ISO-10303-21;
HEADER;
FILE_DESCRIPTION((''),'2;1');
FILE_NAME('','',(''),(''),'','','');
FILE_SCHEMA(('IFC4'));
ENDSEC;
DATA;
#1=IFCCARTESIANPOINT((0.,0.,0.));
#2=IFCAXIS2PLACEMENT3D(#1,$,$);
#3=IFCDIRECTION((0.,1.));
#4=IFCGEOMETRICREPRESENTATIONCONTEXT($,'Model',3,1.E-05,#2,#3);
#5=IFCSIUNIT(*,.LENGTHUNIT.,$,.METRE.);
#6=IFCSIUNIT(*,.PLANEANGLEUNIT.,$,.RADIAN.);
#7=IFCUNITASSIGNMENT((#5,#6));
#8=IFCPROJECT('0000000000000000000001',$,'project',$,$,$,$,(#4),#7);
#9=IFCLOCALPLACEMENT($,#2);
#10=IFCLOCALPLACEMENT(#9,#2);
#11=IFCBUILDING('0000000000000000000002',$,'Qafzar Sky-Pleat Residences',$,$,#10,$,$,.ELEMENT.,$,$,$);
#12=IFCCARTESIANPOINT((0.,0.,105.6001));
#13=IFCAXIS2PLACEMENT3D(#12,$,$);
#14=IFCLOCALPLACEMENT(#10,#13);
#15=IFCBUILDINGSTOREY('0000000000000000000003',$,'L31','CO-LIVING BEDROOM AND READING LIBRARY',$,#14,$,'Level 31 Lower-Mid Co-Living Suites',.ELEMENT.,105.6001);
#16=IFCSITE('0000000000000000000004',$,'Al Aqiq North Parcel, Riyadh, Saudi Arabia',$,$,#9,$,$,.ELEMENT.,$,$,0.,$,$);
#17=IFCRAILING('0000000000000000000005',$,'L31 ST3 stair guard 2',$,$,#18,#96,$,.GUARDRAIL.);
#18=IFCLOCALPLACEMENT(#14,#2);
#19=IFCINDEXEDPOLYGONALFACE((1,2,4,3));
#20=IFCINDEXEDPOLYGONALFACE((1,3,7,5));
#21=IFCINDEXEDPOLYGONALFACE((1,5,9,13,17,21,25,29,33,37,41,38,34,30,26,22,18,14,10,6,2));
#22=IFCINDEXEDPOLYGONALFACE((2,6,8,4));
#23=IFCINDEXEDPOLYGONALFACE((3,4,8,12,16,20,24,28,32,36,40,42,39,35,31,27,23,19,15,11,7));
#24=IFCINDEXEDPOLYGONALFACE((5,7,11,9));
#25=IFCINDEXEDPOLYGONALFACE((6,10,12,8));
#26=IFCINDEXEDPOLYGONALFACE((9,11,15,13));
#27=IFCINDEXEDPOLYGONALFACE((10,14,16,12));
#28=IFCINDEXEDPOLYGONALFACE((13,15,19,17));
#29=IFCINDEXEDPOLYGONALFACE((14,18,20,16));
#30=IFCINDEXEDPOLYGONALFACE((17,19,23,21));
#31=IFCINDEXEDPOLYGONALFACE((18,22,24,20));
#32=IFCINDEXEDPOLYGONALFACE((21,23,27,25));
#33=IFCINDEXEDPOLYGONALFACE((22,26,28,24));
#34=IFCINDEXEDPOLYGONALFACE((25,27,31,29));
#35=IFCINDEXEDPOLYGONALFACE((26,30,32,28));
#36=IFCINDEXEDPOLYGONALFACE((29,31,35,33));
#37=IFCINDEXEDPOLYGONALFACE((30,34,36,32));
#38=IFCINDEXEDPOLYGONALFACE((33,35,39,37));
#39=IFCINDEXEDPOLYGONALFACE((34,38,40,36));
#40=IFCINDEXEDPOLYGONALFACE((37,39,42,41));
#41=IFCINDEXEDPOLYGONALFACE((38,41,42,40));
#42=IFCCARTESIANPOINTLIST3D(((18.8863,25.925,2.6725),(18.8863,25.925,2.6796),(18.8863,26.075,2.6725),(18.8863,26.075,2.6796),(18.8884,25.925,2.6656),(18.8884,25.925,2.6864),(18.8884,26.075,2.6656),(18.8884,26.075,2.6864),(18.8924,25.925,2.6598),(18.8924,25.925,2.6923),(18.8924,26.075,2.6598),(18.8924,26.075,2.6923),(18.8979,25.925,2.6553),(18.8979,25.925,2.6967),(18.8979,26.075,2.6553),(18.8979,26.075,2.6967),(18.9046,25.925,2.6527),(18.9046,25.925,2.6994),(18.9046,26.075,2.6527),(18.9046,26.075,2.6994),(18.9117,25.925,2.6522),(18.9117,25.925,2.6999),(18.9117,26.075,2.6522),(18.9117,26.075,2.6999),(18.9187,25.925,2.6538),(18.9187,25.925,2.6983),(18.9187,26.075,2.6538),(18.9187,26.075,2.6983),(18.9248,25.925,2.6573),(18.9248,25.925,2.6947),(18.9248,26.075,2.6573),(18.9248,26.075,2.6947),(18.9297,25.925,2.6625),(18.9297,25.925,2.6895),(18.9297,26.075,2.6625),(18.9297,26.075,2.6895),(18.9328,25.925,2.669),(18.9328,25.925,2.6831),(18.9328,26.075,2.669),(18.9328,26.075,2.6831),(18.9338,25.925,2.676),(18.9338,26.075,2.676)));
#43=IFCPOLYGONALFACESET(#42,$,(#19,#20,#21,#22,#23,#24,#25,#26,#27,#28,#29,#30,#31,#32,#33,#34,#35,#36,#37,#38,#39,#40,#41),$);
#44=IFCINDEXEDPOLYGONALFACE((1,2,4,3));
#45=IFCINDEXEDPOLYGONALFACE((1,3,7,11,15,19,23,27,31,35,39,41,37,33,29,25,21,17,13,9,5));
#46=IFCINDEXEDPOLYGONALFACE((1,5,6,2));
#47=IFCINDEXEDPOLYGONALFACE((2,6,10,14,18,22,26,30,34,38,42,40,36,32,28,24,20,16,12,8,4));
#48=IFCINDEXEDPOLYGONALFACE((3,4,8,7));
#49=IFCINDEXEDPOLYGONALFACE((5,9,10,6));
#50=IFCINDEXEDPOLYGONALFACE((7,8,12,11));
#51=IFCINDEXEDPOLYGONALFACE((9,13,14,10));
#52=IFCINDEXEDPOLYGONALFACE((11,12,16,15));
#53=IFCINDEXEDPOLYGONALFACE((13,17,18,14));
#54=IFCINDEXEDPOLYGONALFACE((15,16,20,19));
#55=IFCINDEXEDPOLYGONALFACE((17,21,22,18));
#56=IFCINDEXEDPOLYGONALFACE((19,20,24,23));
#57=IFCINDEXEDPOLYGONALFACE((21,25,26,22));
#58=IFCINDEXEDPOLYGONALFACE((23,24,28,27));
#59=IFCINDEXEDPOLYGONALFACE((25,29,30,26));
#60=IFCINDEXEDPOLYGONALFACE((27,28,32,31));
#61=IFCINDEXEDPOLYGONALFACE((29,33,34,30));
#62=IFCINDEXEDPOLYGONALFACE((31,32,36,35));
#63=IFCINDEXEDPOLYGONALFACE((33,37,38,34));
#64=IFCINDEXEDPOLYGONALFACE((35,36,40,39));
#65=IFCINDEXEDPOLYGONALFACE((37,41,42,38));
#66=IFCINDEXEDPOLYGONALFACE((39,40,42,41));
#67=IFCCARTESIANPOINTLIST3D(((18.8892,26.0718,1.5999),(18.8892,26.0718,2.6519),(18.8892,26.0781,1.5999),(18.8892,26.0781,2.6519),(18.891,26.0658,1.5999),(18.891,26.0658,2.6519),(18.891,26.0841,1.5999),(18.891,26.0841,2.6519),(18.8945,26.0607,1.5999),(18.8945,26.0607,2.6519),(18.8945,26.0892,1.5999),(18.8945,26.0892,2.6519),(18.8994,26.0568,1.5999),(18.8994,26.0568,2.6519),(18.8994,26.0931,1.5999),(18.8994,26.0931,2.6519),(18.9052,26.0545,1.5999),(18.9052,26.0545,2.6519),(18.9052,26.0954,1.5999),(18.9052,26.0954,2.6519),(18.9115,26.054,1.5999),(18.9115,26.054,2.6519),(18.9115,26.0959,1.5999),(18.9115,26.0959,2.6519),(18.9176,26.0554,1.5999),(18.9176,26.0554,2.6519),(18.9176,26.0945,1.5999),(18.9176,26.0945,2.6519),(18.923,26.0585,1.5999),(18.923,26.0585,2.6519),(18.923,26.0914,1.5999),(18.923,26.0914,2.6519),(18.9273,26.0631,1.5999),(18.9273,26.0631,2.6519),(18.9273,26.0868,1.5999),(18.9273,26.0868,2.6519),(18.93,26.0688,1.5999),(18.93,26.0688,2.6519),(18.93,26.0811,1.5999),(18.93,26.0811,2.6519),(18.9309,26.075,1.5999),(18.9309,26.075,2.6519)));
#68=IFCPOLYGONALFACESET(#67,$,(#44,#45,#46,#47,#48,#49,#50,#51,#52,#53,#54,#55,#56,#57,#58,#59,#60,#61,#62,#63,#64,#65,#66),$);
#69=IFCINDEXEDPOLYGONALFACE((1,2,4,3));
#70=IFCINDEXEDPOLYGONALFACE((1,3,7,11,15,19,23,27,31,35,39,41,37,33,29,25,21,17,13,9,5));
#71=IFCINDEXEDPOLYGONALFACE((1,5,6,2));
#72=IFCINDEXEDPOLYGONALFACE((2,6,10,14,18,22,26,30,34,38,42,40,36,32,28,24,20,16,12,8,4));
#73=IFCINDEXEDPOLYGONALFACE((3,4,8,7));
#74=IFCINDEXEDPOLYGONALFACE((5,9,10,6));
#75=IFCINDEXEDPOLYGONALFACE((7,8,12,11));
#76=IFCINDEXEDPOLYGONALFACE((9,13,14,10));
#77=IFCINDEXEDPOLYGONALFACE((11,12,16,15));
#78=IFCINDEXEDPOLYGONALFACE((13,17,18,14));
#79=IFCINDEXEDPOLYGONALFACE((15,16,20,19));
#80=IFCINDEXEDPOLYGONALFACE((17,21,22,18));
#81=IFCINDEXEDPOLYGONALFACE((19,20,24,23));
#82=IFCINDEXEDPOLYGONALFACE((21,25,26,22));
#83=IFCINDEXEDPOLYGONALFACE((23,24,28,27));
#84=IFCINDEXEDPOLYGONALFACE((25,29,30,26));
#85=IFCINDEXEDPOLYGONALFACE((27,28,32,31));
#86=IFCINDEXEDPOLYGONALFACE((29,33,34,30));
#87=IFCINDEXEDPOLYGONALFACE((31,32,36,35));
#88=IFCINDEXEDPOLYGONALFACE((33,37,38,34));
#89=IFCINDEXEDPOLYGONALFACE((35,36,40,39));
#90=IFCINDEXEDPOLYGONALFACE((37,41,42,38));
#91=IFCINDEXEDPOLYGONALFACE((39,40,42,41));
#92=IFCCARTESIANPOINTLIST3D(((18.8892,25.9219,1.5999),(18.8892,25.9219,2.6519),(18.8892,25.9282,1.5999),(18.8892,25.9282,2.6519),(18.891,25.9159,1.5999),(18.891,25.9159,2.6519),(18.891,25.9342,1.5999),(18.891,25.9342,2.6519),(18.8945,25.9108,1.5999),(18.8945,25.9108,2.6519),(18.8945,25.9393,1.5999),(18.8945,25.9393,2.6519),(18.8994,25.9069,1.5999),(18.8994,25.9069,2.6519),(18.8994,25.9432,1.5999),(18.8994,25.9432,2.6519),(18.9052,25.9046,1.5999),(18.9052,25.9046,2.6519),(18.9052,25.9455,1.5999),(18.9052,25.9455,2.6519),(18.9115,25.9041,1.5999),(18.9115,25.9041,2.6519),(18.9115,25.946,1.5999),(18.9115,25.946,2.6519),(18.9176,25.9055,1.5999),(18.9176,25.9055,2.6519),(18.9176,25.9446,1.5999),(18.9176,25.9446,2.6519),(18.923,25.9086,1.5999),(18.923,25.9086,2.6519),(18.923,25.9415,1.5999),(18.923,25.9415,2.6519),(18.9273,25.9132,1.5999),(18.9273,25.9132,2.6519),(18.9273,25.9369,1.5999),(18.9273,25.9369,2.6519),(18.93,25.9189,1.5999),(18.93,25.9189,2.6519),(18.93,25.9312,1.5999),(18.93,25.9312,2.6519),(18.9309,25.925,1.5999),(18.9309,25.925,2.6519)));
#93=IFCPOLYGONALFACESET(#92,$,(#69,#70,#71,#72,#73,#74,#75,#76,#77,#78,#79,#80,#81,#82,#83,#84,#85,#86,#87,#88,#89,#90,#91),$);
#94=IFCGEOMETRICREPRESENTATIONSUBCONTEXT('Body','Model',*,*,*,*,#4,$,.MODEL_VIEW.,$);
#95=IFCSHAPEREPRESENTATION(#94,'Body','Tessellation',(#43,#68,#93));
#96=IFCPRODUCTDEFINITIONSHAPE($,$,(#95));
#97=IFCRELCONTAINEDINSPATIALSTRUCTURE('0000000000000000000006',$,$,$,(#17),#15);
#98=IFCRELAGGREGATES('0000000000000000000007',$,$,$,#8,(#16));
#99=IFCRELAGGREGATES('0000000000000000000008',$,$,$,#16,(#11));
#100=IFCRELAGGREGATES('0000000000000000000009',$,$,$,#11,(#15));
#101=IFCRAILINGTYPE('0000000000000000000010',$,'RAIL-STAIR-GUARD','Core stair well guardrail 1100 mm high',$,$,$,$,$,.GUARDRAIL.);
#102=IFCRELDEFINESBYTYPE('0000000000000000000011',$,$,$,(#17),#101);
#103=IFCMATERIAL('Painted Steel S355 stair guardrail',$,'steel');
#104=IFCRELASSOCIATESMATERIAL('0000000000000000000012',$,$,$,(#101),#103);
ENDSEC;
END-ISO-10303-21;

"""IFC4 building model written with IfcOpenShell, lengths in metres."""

from ifc_helpers import new_model, si_unit, direction, frame, origin, origin_2d, place, context, subcontext, project, spatial, circle, extrude, source, transform, mapped, material, type_object, element, save


model = new_model("IFC4")

# Units and contexts
model_context = context("Model", 3, precision=1e-05, world=origin(), true_north=direction((0.0, 1.0)))
body_context = subcontext(model_context, "Body", "Model", "MODEL_VIEW")
ifc_project = project(units=[si_unit("LENGTHUNIT", "METRE"), si_unit("PLANEANGLEUNIT", "RADIAN")], contexts=[model_context])

# Site, building, storey
site_placement = place(None, origin())
site = spatial("IfcSite", under=ifc_project, at=site_placement, Name="Al Aqiq North Parcel, Riyadh, Saudi Arabia", CompositionType="ELEMENT", RefElevation=0.0)
building_placement = place(site_placement, origin())
building = spatial("IfcBuilding", under=site, at=building_placement, Name="Qafzar Sky-Pleat Residences", CompositionType="ELEMENT")
storey_placement = place(building_placement, frame((0.0, 0.0, 105.6001)))
storey = spatial("IfcBuildingStorey", under=building, at=storey_placement, Name="L31", Description="CO-LIVING BEDROOM AND READING LIBRARY", LongName="Level 31 Lower-Mid Co-Living Suites", CompositionType="ELEMENT", Elevation=105.6001)

# Railing
ifc_material_1 = material(Name="Painted Steel S355 stair guardrail", Category="steel")
railing_type_1 = type_object("IfcRailingType", Name="RAIL-STAIR-GUARD", Description="Core stair well guardrail 1100 mm high", PredefinedType="GUARDRAIL", material=ifc_material_1)
shared_shape_1 = source(origin(), body_context, "Body", "SweptSolid", [
    extrude(circle(Radius=0.0239, at=origin_2d()), frame((0.0, 0.0, 1.0762), z_axis=(0.0, -1.0, 0.0), x_axis=(1.0, 0.0, 0.0)), (0.0, 0.0, 1.0), 0.1499),
    extrude(circle(Radius=0.021, at=origin_2d()), origin(), (0.0, 0.0, 1.0), 1.052),
    extrude(circle(Radius=0.021, at=origin_2d()), frame((0.0, -0.1499, 0.0)), (0.0, 0.0, 1.0), 1.052),
])
railing_1_placement = place(storey_placement, frame((18.9099, 26.075, 1.5999)))
element("IfcRailing", 1, at=railing_1_placement, inside=storey, type_object=railing_type_1, Name="L31 ST3 stair guard 2", PredefinedType="GUARDRAIL", context=body_context, shape_type="MappedRepresentation", body=[
    mapped(shared_shape_1, transform((0.0, 0.0, 0.0), x_axis=(1.0, 0.0, 0.0), y_axis=(0.0, 1.0, 0.0), z_axis=(0.0, 0.0, 1.0), scale=1.0)),
])

save(model, "model.ifc")
